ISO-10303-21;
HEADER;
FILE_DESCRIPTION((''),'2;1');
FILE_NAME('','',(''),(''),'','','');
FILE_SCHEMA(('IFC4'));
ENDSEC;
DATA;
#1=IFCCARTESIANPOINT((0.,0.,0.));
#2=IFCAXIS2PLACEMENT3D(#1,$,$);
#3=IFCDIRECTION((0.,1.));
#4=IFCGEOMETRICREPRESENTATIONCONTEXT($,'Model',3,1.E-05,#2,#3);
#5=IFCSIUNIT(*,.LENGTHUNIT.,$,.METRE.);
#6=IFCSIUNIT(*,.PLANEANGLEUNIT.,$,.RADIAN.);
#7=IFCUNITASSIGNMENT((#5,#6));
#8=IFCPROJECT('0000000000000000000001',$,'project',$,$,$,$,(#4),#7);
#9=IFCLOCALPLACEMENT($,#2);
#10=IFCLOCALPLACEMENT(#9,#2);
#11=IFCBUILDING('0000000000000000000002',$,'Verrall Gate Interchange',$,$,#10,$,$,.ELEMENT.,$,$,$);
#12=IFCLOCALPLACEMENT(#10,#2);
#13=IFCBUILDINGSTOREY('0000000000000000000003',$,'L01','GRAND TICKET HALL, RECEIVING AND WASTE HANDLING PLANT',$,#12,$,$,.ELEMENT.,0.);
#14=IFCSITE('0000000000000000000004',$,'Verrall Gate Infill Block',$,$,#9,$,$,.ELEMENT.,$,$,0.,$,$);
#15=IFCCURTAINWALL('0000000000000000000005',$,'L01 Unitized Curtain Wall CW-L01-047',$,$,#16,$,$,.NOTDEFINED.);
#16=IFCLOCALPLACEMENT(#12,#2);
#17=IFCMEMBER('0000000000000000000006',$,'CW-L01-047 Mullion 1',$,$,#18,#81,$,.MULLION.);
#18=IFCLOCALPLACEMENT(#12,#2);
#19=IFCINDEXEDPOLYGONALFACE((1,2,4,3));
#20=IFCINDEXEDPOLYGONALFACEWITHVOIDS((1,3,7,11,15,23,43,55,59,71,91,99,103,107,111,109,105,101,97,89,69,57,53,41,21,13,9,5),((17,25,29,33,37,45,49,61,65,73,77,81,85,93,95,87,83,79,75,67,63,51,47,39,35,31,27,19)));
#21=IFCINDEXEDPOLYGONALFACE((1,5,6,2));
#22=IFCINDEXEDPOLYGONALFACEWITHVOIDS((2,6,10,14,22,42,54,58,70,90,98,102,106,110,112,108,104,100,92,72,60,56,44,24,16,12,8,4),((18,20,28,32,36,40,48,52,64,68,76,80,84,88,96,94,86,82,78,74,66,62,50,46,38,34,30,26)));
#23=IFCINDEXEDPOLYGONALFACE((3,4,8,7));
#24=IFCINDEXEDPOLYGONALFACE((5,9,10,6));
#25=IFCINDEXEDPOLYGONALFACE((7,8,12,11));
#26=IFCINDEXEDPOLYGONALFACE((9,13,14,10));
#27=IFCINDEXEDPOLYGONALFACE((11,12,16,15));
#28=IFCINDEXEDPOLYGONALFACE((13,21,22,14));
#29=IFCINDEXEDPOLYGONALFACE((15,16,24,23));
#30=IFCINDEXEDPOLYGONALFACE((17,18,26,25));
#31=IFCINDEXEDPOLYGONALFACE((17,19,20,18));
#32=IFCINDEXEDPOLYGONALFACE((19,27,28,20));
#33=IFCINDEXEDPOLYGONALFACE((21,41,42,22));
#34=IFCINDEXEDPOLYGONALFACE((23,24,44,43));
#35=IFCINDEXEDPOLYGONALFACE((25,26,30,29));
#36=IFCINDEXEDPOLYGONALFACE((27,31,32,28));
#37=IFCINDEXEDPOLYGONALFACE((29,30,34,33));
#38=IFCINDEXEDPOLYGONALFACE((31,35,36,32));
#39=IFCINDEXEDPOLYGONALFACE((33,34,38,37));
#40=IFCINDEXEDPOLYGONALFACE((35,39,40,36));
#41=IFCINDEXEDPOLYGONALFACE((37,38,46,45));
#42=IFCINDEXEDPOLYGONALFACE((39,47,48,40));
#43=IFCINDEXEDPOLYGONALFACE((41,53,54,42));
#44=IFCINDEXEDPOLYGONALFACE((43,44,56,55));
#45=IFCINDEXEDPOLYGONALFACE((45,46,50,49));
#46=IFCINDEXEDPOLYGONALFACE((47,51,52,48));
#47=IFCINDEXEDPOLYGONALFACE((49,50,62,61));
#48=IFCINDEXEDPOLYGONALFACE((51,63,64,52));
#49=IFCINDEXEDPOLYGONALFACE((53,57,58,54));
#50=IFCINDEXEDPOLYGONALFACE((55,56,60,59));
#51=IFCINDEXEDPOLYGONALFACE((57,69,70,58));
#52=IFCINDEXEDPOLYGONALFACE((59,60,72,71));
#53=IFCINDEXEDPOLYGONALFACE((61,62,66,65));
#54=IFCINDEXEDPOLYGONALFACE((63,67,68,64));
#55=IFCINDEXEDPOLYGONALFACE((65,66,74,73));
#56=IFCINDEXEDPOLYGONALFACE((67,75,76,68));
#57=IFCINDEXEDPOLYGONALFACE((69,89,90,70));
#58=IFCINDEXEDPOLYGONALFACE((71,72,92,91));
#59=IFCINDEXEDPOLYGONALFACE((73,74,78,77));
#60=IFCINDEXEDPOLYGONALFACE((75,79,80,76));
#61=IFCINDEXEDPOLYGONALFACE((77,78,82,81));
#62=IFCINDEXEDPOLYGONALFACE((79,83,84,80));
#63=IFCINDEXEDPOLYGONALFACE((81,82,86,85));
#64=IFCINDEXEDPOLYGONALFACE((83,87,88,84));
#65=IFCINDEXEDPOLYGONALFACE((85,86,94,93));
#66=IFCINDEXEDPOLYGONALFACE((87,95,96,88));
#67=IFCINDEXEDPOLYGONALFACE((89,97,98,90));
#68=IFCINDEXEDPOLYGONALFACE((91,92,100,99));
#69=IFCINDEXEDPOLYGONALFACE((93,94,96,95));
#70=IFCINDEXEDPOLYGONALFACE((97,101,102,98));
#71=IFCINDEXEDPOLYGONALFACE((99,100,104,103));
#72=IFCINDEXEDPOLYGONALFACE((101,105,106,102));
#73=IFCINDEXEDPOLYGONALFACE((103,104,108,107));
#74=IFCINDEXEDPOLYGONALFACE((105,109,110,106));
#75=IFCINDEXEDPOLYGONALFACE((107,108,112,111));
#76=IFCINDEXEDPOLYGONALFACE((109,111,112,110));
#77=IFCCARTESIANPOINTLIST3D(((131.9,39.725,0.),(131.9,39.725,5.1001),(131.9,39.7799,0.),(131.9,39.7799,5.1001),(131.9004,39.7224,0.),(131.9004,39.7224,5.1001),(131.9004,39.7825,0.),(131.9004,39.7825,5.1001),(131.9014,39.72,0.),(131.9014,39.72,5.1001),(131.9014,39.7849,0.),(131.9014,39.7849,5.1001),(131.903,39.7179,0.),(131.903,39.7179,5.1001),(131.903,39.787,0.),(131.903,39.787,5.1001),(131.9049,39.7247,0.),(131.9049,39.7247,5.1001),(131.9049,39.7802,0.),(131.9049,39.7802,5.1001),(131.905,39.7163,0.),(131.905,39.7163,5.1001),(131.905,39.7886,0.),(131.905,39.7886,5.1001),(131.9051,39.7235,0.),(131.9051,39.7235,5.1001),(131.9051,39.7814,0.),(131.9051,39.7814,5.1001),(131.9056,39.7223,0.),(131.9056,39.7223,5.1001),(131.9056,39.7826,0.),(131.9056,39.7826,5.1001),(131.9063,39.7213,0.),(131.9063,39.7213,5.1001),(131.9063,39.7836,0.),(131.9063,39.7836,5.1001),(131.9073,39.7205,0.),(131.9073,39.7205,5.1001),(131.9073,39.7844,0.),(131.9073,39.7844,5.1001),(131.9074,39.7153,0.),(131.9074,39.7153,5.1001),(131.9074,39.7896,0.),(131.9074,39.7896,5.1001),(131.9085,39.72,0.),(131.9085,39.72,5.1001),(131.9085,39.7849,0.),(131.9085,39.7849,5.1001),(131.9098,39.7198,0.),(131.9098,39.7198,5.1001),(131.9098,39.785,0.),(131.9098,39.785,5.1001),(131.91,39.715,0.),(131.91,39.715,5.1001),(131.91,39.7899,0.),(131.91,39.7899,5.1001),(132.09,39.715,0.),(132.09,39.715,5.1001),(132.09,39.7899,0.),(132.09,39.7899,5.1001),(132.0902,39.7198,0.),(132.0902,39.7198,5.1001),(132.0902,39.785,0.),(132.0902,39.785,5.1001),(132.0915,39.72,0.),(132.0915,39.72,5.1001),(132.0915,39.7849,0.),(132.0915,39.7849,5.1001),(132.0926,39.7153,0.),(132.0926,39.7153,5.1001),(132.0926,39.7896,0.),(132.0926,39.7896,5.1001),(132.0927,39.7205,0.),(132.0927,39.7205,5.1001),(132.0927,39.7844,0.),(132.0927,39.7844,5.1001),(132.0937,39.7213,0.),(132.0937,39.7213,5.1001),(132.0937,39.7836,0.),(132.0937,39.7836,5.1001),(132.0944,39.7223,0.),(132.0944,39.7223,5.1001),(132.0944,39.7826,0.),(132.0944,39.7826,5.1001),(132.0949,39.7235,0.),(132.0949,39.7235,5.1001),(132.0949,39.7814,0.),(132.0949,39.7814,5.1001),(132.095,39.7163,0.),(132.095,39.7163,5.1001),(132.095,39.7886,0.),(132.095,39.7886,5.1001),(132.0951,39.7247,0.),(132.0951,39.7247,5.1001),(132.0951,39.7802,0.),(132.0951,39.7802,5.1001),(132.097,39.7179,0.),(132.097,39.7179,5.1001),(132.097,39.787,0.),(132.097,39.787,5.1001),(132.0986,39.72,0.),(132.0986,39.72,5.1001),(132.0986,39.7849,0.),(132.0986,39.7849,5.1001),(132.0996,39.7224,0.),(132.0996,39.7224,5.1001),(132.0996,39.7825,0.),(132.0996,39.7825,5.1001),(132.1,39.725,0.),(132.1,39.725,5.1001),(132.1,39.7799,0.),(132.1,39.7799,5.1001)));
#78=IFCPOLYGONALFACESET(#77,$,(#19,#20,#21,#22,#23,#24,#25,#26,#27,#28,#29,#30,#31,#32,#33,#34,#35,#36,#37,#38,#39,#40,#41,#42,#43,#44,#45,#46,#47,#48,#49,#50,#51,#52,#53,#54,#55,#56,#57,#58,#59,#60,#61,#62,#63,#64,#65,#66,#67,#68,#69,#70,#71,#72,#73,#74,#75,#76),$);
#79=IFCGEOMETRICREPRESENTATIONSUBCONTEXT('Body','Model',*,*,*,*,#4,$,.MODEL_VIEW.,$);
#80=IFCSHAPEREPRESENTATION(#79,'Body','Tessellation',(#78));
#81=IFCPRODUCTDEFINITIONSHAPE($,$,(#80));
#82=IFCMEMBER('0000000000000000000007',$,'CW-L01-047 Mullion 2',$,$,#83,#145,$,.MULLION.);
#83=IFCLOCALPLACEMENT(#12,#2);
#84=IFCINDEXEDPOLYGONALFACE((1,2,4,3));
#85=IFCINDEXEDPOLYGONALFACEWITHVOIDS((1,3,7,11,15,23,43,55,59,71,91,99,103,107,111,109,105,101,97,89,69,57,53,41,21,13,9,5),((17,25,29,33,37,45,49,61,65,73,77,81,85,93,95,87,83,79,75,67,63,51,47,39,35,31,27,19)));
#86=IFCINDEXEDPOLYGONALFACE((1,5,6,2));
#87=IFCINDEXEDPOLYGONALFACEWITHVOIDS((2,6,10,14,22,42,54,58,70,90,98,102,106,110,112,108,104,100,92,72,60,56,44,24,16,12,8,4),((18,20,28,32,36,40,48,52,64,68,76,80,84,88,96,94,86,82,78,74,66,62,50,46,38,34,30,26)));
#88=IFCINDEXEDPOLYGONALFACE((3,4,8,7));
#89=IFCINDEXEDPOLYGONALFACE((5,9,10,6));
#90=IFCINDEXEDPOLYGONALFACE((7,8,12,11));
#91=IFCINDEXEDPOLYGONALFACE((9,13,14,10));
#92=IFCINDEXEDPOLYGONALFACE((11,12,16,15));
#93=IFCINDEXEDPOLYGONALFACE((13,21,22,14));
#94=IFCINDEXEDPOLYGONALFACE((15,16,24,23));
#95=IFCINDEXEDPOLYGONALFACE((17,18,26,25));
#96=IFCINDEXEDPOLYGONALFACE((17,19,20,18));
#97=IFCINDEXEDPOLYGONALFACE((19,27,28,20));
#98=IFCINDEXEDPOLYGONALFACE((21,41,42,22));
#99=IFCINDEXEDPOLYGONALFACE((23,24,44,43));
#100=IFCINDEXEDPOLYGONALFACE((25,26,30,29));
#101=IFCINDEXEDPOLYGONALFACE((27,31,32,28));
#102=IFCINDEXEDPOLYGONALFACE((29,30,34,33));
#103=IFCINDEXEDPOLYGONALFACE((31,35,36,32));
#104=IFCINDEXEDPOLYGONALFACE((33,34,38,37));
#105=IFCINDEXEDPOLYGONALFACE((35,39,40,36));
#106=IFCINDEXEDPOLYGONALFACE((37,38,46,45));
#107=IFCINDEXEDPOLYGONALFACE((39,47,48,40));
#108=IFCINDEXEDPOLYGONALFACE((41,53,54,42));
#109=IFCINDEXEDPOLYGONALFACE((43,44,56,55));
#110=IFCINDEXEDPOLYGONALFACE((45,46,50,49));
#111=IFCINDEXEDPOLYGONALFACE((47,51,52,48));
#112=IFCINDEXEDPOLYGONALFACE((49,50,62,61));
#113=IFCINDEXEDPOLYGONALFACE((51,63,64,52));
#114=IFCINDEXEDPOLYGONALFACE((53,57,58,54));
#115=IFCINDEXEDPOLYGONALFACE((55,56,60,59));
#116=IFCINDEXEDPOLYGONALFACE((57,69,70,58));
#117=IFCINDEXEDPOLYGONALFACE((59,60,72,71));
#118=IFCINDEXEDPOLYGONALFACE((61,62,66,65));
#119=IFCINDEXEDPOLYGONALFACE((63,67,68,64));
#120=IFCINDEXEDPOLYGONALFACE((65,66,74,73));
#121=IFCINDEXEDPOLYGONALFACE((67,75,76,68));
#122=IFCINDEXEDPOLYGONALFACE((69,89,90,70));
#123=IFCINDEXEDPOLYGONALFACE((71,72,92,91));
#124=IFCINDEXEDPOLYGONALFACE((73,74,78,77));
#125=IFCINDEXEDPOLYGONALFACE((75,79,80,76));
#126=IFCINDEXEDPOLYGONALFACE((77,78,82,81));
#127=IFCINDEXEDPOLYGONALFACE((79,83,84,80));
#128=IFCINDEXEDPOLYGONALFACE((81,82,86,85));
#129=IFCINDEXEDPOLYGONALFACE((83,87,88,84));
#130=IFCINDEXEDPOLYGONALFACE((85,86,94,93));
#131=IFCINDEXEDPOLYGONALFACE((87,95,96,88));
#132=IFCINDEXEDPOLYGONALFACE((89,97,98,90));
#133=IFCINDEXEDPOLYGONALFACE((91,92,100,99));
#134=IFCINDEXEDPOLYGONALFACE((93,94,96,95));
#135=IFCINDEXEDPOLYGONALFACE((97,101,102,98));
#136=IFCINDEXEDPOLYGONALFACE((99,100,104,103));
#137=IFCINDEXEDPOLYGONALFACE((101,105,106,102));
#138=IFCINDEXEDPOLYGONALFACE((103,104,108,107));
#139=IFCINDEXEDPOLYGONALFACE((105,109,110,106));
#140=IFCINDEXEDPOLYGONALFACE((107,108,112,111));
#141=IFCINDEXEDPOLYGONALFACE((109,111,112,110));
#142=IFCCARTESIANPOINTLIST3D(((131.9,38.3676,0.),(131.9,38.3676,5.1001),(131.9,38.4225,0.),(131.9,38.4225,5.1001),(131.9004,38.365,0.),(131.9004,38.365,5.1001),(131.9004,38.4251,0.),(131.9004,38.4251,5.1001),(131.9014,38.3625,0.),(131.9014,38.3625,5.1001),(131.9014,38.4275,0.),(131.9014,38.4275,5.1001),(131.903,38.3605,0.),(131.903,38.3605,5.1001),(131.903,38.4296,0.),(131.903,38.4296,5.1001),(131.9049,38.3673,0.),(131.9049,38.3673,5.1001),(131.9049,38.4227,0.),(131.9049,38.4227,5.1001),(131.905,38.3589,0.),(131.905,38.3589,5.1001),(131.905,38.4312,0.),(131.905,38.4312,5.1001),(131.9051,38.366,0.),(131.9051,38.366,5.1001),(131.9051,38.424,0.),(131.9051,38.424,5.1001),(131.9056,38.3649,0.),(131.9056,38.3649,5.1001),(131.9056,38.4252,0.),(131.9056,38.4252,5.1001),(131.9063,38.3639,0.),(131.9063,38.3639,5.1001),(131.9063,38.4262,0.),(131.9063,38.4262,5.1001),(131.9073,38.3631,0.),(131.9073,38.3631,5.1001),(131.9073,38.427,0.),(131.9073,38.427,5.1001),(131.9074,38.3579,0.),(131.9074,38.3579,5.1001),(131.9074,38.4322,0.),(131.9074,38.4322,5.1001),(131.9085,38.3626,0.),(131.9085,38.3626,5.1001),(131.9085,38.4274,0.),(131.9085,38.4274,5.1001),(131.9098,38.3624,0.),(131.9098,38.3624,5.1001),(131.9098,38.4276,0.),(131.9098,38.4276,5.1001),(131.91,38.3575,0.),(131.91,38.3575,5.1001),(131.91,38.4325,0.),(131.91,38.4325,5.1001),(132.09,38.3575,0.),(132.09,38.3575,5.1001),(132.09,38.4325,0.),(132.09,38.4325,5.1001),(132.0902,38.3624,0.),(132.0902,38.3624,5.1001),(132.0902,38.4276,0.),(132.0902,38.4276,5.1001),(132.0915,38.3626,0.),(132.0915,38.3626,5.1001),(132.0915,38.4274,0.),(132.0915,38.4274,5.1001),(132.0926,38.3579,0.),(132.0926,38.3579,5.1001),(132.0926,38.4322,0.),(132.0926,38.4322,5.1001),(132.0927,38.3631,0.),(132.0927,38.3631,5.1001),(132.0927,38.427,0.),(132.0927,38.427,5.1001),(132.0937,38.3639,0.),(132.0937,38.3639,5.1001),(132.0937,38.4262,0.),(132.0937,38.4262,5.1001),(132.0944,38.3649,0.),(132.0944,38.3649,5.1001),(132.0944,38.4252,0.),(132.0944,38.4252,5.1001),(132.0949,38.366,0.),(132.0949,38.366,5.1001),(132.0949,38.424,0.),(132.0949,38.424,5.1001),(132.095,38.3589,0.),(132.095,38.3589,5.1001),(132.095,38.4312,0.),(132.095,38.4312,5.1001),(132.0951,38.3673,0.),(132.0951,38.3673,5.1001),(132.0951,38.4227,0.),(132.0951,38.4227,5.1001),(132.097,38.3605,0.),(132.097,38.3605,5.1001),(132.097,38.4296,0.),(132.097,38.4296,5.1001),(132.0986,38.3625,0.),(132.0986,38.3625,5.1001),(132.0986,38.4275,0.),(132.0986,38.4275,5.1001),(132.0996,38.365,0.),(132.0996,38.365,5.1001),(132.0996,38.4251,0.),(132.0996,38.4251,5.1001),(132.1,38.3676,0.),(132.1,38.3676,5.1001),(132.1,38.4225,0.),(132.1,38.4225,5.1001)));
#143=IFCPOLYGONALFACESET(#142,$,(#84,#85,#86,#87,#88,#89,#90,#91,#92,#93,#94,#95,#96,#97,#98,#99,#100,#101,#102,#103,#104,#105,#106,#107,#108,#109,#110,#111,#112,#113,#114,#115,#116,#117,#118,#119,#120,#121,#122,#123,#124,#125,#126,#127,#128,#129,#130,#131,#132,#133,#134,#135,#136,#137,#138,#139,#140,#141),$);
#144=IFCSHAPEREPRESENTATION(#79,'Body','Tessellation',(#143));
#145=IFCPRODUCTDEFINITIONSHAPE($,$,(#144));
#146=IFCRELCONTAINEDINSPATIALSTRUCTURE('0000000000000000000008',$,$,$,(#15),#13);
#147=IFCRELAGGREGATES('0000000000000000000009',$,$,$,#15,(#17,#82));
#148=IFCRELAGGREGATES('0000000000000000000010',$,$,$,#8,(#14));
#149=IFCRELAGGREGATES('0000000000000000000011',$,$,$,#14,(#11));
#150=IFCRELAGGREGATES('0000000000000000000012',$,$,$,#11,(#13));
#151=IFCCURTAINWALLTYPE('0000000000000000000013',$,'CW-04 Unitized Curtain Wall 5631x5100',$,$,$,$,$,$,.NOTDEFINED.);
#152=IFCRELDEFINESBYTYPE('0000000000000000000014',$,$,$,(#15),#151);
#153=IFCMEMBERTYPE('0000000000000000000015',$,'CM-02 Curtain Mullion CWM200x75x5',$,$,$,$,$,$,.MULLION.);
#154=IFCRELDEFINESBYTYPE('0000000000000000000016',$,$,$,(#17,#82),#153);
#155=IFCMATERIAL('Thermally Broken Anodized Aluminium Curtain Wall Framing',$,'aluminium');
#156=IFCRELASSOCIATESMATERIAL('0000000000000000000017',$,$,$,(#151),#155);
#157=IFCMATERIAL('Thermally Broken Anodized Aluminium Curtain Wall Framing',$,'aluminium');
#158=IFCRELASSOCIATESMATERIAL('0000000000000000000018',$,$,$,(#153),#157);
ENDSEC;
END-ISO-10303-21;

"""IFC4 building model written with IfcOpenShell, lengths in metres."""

from ifc_helpers import new_model, si_unit, direction, frame, origin, origin_2d, place, context, subcontext, project, spatial, hollow_rectangle, extrude, material, material_profile, profile_set, type_object, element, aggregate, save


model = new_model("IFC4")

# Units and contexts
model_context = context("Model", 3, precision=1e-05, world=origin(), true_north=direction((0.0, 1.0)))
body_context = subcontext(model_context, "Body", "Model", "MODEL_VIEW")
ifc_project = project(units=[si_unit("LENGTHUNIT", "METRE"), si_unit("PLANEANGLEUNIT", "RADIAN")], contexts=[model_context])

# Site, building, storey
site_placement = place(None, origin())
site = spatial("IfcSite", under=ifc_project, at=site_placement, Name="Verrall Gate Infill Block", CompositionType="ELEMENT", RefElevation=0.0)
building_placement = place(site_placement, origin())
building = spatial("IfcBuilding", under=site, at=building_placement, Name="Verrall Gate Interchange", CompositionType="ELEMENT")
storey_placement = place(building_placement, origin())
storey = spatial("IfcBuildingStorey", under=building, at=storey_placement, Name="L01", Description="GRAND TICKET HALL, RECEIVING AND WASTE HANDLING PLANT", CompositionType="ELEMENT", Elevation=0.0)

# Curtain wall, members
ifc_material_1 = material(Name="Thermally Broken Anodized Aluminium Curtain Wall Framing", Category="aluminium")
curtain_wall_type = type_object("IfcCurtainWallType", Name="CW-04 Unitized Curtain Wall 5631x5100", PredefinedType="NOTDEFINED", material=ifc_material_1)
curtain_wall_placement = place(storey_placement, origin())
curtain_wall = element("IfcCurtainWall", 1, at=curtain_wall_placement, inside=storey, type_object=curtain_wall_type, Name="L01 Unitized Curtain Wall CW-L01-047", PredefinedType="NOTDEFINED")
ifc_material_2 = material(Name="Thermally Broken Anodized Aluminium Curtain Wall Framing", Category="aluminium")
ifc_material_profile_1 = material_profile(ifc_material_2, hollow_rectangle(XDim=0.075, YDim=0.2, WallThickness=0.0049, InnerFilletRadius=0.0049, OuterFilletRadius=0.01, at=origin_2d()), Name="CWM200x75x5")
ifc_profile_set_1 = profile_set([ifc_material_profile_1], Name="Thermally Broken Anodized Aluminium Curtain Wall Framing")
member_type_1 = type_object("IfcMemberType", Name="CM-02 Curtain Mullion CWM200x75x5", PredefinedType="MULLION", material=ifc_profile_set_1)
member_1_placement = place(storey_placement, frame((132.0, 39.7524, 0.0), z_axis=(0.0, 0.0, 1.0), x_axis=(0.0, -1.0, 0.0)))
member_1 = element("IfcMember", 2, at=member_1_placement, type_object=member_type_1, Name="CW-L01-047 Mullion 1", PredefinedType="MULLION", context=body_context, shape_type="SweptSolid", body=[
    extrude(hollow_rectangle(XDim=0.075, YDim=0.2, WallThickness=0.0049, InnerFilletRadius=0.0049, OuterFilletRadius=0.01, at=origin_2d()), origin(), (0.0, 0.0, 1.0), 5.1001),
])
member_2_placement = place(storey_placement, frame((132.0, 38.395, 0.0), z_axis=(0.0, 0.0, 1.0), x_axis=(0.0, -1.0, 0.0)))
member_2 = element("IfcMember", 3, at=member_2_placement, type_object=member_type_1, Name="CW-L01-047 Mullion 2", PredefinedType="MULLION", context=body_context, shape_type="SweptSolid", body=[
    extrude(hollow_rectangle(XDim=0.075, YDim=0.2, WallThickness=0.0049, InnerFilletRadius=0.0049, OuterFilletRadius=0.01, at=origin_2d()), origin(), (0.0, 0.0, 1.0), 5.1001),
])
aggregate(curtain_wall, [member_1, member_2])

save(model, "model.ifc")
